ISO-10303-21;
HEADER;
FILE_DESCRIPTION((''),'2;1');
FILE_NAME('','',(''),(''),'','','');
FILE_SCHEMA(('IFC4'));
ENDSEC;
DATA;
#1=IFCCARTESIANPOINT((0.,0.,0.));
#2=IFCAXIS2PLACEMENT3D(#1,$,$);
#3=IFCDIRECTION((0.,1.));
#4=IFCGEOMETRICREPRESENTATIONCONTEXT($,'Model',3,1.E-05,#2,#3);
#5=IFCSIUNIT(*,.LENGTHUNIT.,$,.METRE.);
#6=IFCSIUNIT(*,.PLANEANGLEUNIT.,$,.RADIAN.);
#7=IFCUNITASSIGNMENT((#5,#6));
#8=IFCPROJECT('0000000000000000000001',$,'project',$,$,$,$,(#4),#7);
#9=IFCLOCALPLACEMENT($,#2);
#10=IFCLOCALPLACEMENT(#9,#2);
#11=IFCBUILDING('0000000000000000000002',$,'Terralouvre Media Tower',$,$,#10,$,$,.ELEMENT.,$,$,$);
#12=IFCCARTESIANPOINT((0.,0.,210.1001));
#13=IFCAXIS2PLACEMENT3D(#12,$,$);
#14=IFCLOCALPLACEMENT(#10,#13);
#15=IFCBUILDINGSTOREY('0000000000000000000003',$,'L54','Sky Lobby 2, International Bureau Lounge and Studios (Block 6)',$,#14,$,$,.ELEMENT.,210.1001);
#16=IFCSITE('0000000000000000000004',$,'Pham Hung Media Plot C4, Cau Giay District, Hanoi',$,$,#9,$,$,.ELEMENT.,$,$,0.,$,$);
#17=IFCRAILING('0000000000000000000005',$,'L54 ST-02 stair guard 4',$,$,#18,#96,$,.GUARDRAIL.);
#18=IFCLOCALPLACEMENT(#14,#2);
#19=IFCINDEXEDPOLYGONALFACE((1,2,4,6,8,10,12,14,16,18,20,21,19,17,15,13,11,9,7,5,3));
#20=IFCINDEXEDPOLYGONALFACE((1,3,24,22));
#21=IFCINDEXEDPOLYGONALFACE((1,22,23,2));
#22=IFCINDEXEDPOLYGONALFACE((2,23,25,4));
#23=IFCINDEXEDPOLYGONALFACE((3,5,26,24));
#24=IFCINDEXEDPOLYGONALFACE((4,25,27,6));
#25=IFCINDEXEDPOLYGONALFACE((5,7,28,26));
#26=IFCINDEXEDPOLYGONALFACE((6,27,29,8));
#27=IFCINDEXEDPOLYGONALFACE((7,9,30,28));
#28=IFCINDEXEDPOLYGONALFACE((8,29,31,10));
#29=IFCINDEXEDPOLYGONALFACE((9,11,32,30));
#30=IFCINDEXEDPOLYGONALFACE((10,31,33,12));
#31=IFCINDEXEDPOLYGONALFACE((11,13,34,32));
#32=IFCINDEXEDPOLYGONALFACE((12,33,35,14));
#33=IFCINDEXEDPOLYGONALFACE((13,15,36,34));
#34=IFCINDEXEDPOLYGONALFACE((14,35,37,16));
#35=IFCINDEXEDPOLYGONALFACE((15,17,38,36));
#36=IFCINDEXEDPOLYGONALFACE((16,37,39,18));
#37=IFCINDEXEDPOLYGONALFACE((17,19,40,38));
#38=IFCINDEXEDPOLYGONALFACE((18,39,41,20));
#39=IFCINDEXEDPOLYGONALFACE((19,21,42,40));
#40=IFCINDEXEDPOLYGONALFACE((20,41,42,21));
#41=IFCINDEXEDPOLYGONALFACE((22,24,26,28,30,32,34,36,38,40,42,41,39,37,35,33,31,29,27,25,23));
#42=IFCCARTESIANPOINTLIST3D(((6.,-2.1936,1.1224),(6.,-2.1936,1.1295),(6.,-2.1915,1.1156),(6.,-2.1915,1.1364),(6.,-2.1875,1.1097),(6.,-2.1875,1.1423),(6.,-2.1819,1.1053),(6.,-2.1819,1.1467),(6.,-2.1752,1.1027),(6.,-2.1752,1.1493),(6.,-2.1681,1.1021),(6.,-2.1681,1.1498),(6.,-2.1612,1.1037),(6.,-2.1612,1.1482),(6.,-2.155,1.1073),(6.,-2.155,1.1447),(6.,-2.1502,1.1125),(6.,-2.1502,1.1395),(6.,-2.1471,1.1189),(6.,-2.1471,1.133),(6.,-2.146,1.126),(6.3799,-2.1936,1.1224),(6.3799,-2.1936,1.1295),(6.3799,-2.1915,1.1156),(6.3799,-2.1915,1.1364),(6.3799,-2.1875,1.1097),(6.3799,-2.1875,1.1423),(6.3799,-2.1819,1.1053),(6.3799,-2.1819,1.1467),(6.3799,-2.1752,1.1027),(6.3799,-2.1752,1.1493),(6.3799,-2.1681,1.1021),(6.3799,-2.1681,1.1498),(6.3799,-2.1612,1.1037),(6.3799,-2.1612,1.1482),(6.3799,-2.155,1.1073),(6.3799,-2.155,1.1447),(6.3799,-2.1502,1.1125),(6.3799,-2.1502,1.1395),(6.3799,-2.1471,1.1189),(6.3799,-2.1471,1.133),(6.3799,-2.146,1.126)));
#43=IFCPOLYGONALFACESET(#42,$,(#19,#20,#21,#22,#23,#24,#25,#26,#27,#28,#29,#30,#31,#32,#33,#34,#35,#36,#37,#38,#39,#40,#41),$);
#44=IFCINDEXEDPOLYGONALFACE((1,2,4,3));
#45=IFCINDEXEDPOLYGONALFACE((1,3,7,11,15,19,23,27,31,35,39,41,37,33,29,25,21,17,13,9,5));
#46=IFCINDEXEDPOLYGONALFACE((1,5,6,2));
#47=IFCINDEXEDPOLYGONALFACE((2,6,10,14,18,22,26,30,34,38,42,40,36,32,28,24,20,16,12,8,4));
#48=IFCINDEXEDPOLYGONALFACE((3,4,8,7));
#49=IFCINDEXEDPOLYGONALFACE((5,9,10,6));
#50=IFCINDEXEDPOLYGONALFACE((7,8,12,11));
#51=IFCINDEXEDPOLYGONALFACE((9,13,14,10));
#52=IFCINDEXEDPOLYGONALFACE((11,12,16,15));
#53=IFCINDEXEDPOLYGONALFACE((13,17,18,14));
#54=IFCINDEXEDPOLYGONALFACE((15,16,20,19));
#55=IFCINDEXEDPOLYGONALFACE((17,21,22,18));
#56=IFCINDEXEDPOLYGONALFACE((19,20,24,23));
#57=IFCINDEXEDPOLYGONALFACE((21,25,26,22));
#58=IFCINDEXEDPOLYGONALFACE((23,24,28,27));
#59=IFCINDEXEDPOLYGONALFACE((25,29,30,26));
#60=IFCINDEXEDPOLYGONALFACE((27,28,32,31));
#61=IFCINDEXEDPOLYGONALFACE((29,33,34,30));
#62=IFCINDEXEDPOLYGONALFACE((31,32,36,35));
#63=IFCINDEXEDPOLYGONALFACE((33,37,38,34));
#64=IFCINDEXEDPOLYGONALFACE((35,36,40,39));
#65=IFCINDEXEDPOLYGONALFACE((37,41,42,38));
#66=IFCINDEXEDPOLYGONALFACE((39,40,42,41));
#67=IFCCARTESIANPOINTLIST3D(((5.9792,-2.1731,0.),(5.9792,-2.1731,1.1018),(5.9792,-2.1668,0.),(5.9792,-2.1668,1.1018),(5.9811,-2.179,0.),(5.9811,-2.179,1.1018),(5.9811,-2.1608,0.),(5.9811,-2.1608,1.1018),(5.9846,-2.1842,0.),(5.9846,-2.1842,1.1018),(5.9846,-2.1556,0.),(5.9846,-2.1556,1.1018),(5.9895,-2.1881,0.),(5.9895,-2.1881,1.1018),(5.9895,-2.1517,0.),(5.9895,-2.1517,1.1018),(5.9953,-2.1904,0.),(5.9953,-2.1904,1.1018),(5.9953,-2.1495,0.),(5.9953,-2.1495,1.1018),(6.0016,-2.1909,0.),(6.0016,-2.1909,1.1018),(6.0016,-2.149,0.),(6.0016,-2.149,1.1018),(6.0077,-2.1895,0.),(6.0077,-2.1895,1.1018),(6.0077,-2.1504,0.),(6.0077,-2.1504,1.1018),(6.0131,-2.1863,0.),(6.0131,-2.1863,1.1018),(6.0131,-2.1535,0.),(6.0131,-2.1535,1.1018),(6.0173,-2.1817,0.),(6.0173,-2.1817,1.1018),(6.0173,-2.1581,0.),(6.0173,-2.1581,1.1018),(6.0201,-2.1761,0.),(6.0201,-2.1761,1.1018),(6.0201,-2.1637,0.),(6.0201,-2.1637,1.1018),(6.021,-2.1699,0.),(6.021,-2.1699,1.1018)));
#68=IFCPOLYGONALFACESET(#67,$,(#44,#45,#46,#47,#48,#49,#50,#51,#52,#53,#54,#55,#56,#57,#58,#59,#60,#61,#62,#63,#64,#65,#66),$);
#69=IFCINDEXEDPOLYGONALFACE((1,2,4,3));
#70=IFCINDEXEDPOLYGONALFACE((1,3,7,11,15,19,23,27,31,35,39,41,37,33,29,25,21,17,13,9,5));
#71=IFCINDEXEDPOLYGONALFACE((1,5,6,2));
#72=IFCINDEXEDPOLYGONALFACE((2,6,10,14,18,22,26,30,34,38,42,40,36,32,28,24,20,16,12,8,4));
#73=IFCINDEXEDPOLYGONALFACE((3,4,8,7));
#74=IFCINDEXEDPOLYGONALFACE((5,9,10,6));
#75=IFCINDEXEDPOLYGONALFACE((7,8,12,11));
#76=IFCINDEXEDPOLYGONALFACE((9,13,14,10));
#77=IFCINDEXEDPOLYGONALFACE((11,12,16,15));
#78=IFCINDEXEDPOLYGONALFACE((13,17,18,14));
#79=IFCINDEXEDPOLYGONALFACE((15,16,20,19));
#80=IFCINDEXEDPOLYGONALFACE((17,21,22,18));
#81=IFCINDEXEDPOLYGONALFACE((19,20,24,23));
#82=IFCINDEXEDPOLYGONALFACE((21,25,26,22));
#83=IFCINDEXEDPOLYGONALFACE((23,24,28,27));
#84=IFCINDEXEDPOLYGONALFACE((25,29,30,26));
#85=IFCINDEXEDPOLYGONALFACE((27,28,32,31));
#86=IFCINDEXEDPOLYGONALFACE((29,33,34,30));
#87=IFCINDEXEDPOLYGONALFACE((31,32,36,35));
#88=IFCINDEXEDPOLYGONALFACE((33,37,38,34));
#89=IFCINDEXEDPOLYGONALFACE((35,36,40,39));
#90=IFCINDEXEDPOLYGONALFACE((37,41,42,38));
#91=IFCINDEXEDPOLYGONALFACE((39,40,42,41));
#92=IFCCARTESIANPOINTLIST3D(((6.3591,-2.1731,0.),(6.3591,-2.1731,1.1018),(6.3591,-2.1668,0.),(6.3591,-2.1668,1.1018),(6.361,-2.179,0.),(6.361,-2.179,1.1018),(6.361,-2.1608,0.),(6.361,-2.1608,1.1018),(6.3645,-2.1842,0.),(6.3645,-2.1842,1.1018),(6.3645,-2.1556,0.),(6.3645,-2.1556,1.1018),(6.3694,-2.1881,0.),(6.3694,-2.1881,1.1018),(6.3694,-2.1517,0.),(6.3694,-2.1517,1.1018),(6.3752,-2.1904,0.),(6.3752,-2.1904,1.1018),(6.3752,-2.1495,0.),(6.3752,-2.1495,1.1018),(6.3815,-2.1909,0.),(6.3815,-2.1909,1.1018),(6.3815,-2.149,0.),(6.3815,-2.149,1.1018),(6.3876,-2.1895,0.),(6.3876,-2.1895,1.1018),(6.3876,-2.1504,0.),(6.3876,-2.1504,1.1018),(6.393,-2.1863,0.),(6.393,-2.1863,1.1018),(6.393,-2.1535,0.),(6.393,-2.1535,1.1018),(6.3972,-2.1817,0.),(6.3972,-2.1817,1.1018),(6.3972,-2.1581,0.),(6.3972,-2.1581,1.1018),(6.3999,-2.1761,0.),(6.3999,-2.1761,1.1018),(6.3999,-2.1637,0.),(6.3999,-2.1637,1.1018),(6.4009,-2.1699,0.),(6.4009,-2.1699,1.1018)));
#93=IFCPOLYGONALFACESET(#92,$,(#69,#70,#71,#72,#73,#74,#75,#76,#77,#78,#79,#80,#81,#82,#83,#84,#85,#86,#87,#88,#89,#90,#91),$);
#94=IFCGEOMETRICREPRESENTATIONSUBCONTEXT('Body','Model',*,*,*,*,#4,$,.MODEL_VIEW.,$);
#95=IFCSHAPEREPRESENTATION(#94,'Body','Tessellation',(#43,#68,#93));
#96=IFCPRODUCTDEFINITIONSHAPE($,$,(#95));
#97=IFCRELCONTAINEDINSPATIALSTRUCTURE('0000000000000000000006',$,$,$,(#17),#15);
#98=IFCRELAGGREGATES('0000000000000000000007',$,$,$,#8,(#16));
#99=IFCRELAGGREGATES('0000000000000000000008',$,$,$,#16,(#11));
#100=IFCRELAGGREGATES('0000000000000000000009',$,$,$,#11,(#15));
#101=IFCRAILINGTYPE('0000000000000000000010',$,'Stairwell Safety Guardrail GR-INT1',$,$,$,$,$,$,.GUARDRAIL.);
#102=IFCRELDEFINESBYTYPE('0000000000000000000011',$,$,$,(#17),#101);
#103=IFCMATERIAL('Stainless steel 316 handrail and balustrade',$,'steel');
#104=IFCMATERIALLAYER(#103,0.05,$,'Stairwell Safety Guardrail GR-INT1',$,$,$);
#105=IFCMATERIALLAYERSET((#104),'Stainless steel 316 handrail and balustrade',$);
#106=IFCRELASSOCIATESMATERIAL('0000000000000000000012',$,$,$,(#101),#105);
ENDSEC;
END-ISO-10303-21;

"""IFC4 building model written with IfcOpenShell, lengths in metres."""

from ifc_helpers import new_model, si_unit, direction, frame, origin, origin_2d, place, context, subcontext, project, spatial, circle, extrude, material, layer, layer_set, type_object, element, save


model = new_model("IFC4")

# Units and contexts
model_context = context("Model", 3, precision=1e-05, world=origin(), true_north=direction((0.0, 1.0)))
body_context = subcontext(model_context, "Body", "Model", "MODEL_VIEW")
ifc_project = project(units=[si_unit("LENGTHUNIT", "METRE"), si_unit("PLANEANGLEUNIT", "RADIAN")], contexts=[model_context])

# Site, building, storey
site_placement = place(None, origin())
site = spatial("IfcSite", under=ifc_project, at=site_placement, Name="Pham Hung Media Plot C4, Cau Giay District, Hanoi", CompositionType="ELEMENT", RefElevation=0.0)
building_placement = place(site_placement, origin())
building = spatial("IfcBuilding", under=site, at=building_placement, Name="Terralouvre Media Tower", CompositionType="ELEMENT")
storey_placement = place(building_placement, frame((0.0, 0.0, 210.1001)))
storey = spatial("IfcBuildingStorey", under=building, at=storey_placement, Name="L54", Description="Sky Lobby 2, International Bureau Lounge and Studios (Block 6)", CompositionType="ELEMENT", Elevation=210.1001)

# Railing
ifc_material_1 = material(Name="Stainless steel 316 handrail and balustrade", Category="steel")
ifc_layer_1 = layer(ifc_material_1, 0.05, Name="Stairwell Safety Guardrail GR-INT1")
ifc_layer_set_1 = layer_set([ifc_layer_1], Name="Stainless steel 316 handrail and balustrade")
railing_type_1 = type_object("IfcRailingType", Name="Stairwell Safety Guardrail GR-INT1", PredefinedType="GUARDRAIL", material=ifc_layer_set_1)
railing_1_placement = place(storey_placement, frame((6.0, -2.1699, 0.0)))
element("IfcRailing", 1, at=railing_1_placement, inside=storey, type_object=railing_type_1, Name="L54 ST-02 stair guard 4", PredefinedType="GUARDRAIL", context=body_context, shape_type="SweptSolid", body=[
    extrude(circle(Radius=0.0239, at=origin_2d()), frame((0.0, 0.0, 1.126), z_axis=(1.0, 0.0, 0.0), x_axis=(0.0, 1.0, 0.0)), (0.0, 0.0, 1.0), 0.3799),
    extrude(circle(Radius=0.021, at=origin_2d()), origin(), (0.0, 0.0, 1.0), 1.1018),
    extrude(circle(Radius=0.021, at=origin_2d()), frame((0.3799, 0.0, 0.0)), (0.0, 0.0, 1.0), 1.1018),
])

save(model, "model.ifc")
